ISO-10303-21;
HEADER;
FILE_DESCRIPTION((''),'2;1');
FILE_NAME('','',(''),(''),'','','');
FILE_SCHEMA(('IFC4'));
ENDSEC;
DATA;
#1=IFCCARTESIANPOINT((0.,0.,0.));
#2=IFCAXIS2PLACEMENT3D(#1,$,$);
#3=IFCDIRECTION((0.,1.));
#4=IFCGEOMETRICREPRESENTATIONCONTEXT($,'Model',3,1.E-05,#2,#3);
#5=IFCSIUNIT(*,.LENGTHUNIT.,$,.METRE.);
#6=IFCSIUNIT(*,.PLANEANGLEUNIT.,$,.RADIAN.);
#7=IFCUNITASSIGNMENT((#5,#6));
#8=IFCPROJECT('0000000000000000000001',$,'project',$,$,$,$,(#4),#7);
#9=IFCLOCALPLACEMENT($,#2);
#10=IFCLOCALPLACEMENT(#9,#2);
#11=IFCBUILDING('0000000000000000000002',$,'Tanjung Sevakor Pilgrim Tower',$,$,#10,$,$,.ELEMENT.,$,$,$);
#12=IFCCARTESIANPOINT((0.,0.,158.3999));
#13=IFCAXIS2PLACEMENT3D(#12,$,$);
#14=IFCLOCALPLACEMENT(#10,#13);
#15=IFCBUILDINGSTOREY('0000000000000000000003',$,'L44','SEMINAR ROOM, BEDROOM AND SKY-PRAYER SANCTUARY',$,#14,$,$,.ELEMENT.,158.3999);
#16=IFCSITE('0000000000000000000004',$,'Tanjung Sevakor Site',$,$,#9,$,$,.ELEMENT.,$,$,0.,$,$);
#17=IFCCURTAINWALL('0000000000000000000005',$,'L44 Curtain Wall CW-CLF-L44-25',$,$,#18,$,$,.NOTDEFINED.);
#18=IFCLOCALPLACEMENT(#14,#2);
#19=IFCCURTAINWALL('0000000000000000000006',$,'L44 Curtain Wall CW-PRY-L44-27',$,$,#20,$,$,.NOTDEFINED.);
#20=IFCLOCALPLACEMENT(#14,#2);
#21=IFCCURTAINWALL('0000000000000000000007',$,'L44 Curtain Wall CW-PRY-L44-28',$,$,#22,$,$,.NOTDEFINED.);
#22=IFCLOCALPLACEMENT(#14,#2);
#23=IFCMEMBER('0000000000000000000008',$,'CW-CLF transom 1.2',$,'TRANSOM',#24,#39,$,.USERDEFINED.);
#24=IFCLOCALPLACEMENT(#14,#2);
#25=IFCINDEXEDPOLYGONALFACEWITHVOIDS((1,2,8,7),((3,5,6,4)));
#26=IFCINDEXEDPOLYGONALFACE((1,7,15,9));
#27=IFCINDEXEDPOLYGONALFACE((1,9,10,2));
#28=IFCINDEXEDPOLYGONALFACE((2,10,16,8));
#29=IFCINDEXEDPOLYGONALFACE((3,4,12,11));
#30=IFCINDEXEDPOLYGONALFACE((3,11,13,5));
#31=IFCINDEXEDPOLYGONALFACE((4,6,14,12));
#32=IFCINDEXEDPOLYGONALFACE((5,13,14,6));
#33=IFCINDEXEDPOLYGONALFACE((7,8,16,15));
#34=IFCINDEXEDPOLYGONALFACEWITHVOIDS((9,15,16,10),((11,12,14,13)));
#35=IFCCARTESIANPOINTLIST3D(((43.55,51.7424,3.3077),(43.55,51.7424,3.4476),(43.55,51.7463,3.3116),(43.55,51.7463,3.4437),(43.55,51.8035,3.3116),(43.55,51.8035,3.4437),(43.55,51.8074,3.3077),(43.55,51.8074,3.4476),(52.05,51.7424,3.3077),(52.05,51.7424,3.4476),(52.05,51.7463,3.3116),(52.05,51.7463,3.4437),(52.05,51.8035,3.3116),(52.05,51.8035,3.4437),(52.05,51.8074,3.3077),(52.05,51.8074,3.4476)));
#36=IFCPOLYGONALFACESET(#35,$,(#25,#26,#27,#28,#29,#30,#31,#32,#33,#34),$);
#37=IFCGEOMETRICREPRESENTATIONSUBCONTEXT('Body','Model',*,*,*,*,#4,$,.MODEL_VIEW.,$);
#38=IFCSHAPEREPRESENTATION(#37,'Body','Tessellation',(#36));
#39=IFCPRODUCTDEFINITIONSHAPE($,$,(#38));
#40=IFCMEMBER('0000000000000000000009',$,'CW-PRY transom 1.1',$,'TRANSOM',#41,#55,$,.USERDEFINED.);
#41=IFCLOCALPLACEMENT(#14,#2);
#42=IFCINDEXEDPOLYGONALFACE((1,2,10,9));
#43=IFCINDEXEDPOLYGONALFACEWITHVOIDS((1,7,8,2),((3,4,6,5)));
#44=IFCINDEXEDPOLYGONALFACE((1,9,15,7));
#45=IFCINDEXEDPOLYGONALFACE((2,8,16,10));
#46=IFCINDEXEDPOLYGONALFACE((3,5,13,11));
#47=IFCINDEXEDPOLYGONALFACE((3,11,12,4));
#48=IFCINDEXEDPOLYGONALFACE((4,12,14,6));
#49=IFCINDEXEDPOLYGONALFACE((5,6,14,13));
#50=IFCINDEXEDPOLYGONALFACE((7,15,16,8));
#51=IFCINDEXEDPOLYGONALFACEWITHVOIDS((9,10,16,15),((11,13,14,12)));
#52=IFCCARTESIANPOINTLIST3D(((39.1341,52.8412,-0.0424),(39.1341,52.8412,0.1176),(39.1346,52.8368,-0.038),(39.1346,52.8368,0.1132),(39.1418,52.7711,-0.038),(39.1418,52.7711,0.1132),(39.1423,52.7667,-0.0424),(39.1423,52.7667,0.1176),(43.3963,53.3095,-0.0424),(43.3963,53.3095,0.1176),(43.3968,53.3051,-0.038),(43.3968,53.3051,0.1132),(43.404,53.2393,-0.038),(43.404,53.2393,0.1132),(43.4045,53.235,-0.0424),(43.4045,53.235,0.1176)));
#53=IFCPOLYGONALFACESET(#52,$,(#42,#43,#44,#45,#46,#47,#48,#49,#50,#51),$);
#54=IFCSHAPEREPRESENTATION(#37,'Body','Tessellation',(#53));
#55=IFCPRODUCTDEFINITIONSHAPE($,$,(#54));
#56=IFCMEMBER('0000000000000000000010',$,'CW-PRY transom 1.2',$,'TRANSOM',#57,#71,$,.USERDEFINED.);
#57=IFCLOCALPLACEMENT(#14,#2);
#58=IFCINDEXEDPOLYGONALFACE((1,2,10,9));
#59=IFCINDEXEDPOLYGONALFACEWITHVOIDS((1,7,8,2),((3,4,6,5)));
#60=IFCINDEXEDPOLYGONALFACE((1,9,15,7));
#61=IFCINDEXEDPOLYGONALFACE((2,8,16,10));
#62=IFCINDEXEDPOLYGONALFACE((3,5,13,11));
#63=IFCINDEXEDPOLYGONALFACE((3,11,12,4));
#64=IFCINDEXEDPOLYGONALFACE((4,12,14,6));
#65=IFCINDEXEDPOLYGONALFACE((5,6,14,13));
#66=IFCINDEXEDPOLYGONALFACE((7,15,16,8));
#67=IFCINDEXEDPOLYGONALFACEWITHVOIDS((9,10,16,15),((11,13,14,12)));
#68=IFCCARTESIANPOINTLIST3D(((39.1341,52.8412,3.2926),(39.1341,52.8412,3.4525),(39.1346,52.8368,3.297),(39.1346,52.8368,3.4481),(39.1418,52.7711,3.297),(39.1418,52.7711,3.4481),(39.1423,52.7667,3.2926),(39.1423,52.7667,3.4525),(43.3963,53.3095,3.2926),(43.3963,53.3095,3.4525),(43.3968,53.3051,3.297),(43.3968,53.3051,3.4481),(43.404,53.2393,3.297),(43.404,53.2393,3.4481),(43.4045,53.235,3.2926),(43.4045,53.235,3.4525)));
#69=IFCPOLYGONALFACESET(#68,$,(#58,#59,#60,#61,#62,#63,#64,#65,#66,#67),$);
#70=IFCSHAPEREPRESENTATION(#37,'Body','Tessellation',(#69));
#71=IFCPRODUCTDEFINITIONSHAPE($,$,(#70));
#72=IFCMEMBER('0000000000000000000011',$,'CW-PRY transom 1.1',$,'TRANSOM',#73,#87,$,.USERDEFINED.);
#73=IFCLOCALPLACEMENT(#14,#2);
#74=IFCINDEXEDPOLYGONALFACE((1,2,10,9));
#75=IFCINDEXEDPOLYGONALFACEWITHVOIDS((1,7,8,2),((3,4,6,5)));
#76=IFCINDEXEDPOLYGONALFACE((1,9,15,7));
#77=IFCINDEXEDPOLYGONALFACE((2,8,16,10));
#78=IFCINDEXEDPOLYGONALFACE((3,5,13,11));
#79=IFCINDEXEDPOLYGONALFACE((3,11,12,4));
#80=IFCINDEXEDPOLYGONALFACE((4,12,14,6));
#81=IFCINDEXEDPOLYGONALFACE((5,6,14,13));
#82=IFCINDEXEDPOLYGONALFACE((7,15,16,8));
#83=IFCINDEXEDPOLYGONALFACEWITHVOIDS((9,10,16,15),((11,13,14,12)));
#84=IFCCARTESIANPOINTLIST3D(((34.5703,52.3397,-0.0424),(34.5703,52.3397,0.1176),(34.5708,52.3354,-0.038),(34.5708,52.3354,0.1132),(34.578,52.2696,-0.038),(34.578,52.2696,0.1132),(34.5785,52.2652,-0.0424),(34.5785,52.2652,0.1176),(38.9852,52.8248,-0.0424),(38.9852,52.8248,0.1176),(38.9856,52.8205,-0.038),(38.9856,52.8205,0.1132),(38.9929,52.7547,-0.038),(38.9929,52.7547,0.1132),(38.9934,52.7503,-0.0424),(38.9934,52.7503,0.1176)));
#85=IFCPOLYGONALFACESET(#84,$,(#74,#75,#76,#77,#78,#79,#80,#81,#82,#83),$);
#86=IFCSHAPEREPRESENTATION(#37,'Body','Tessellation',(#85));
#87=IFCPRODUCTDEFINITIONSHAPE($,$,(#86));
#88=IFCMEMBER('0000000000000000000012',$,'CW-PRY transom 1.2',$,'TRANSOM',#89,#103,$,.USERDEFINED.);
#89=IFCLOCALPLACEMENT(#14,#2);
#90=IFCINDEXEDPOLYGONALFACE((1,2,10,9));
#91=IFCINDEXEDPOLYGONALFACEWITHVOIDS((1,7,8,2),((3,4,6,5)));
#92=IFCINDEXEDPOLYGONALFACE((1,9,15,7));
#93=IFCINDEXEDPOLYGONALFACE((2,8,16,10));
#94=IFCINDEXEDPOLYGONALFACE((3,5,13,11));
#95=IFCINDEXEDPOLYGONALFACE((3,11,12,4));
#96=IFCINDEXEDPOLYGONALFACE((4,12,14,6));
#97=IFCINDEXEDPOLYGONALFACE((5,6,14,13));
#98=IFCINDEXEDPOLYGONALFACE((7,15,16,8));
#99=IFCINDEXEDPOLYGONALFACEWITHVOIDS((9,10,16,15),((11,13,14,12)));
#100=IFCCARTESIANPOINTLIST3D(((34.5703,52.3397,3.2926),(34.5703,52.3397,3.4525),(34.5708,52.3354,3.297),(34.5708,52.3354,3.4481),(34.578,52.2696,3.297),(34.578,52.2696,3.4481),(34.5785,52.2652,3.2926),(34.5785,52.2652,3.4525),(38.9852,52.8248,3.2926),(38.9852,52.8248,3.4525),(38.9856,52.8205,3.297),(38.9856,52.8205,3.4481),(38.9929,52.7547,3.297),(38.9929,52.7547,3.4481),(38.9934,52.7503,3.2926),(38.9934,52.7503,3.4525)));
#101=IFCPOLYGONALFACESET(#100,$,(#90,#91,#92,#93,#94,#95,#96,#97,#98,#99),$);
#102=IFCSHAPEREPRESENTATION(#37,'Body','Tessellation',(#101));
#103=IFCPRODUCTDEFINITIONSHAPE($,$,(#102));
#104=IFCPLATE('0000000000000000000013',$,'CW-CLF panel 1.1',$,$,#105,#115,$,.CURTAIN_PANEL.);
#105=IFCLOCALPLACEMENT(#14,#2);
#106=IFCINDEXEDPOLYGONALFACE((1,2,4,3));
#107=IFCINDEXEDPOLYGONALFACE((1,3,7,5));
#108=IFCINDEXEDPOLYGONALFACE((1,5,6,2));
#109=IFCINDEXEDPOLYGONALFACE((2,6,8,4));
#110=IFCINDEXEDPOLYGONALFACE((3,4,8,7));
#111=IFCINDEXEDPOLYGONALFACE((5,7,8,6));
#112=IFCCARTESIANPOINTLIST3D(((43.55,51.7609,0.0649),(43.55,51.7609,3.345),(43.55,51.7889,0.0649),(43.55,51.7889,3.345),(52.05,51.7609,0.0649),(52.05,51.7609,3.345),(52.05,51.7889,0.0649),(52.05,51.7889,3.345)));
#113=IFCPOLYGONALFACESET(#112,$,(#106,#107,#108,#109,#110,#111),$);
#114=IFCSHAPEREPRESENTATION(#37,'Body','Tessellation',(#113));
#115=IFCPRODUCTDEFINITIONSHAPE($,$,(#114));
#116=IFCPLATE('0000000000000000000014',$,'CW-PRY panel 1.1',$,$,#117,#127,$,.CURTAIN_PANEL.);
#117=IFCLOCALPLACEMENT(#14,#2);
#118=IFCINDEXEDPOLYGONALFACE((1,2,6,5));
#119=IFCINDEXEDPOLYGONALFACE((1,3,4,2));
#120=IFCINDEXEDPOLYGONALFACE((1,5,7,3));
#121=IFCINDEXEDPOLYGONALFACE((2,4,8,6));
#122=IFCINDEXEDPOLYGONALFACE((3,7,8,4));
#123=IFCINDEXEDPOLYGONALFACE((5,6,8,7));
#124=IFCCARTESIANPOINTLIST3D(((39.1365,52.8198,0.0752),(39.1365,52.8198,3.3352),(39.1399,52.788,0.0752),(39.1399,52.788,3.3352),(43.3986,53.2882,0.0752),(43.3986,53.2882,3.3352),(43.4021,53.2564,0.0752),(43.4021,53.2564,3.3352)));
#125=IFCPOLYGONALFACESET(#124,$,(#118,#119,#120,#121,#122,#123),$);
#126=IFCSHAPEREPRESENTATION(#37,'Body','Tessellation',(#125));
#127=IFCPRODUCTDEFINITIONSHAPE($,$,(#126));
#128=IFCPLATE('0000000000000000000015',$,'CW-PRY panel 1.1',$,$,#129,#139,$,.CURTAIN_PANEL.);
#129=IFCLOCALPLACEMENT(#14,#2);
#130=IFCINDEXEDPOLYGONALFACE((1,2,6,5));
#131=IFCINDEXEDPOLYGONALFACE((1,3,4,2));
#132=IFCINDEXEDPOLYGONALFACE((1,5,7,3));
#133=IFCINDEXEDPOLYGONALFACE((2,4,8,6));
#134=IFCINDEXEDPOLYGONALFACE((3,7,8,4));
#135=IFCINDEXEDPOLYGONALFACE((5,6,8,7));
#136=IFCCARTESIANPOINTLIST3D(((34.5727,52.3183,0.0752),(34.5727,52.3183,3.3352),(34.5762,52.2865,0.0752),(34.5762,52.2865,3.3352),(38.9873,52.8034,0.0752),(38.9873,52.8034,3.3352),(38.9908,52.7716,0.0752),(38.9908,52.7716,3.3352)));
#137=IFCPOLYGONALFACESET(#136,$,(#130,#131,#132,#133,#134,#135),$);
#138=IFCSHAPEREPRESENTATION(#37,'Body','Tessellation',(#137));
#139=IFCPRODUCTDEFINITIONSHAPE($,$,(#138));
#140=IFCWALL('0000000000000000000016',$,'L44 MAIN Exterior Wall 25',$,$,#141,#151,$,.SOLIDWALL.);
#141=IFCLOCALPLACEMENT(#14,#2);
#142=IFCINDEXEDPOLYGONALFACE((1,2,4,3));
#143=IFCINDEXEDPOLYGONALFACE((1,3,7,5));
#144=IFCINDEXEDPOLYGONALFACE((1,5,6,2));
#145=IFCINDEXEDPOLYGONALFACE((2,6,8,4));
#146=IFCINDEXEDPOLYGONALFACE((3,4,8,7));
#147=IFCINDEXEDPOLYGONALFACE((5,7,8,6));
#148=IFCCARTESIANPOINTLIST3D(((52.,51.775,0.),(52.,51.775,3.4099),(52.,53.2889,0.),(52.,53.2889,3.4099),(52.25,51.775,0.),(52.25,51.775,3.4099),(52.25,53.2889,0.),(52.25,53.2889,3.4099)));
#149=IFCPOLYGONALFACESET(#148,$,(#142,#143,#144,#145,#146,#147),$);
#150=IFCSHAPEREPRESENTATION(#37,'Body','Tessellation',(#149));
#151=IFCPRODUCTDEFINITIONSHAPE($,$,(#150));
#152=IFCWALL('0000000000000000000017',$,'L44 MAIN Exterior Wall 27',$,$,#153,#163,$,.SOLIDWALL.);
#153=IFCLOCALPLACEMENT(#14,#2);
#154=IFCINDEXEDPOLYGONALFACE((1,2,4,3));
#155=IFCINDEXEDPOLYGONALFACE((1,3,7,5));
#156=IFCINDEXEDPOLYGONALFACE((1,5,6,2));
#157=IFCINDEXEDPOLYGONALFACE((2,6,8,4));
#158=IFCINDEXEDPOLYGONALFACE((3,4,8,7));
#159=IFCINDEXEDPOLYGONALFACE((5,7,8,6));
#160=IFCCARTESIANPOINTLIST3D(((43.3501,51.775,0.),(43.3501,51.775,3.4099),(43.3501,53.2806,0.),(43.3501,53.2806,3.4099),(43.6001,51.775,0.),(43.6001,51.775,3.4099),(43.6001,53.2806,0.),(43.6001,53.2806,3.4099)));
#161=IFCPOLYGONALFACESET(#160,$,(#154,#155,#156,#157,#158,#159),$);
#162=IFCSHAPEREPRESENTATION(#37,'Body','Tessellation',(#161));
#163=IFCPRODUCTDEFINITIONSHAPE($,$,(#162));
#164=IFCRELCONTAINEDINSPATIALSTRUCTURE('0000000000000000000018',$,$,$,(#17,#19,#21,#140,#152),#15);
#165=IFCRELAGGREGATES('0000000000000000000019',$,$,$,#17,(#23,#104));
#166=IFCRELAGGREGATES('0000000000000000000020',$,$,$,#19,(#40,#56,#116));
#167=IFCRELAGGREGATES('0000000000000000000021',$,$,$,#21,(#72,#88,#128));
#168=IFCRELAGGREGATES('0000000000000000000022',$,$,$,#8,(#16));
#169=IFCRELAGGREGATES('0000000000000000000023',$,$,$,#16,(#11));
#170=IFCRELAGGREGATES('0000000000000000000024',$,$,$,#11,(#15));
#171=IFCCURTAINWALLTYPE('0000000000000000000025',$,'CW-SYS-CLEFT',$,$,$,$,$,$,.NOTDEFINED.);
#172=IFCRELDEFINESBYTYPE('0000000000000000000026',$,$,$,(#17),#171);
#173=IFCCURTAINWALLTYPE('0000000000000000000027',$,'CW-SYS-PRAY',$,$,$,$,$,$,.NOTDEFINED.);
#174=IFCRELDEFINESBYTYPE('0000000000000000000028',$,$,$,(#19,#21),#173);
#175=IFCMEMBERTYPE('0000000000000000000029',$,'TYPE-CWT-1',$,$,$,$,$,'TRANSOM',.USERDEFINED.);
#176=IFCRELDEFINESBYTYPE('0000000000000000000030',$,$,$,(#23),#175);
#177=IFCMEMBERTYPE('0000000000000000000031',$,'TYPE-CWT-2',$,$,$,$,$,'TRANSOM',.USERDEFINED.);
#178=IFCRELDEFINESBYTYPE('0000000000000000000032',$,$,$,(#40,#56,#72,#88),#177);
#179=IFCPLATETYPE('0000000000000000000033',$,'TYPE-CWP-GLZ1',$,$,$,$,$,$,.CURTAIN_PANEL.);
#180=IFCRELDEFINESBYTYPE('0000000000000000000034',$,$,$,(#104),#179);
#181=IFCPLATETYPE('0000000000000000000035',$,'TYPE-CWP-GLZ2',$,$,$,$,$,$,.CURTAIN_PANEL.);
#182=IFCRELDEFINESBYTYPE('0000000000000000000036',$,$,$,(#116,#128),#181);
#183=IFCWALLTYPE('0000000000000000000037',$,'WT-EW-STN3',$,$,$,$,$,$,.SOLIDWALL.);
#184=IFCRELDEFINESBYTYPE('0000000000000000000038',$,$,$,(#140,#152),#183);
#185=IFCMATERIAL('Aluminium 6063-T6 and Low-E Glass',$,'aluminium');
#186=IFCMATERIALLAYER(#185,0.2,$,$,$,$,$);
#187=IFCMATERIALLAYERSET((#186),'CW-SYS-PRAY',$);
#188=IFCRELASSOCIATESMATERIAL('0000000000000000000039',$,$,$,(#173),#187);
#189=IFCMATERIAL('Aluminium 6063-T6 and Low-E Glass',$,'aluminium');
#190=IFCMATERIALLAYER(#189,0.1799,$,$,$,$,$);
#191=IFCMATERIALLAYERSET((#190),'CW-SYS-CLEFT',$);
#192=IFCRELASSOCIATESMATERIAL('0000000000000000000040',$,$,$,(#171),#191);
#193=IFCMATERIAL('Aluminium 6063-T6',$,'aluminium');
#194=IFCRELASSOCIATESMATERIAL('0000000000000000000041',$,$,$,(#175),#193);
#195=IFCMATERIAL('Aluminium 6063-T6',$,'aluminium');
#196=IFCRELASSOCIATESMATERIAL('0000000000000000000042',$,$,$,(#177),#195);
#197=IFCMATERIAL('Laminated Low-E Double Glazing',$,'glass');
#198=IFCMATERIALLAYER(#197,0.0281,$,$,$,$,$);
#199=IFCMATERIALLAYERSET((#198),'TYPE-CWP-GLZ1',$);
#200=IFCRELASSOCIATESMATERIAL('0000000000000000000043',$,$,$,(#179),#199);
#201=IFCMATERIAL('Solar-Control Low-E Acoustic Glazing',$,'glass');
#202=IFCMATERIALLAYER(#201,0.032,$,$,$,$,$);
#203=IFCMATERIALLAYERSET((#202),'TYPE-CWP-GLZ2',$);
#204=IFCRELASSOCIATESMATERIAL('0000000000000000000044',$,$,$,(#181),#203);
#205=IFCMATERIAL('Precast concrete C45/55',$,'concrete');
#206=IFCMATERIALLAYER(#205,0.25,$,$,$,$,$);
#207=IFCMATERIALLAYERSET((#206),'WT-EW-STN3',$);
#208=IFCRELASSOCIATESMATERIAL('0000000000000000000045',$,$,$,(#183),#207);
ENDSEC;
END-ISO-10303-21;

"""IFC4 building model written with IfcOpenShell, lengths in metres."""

from ifc_helpers import new_model, si_unit, direction, frame, frame_2d, origin, origin_2d, place, context, subcontext, project, spatial, rectangle, hollow_rectangle, extrude, material, layer, layer_set, material_profile, profile_set, type_object, element, aggregate, save


model = new_model("IFC4")

# Units and contexts
model_context = context("Model", 3, precision=1e-05, world=origin(), true_north=direction((0.0, 1.0)))
body_context = subcontext(model_context, "Body", "Model", "MODEL_VIEW")
ifc_project = project(units=[si_unit("LENGTHUNIT", "METRE"), si_unit("PLANEANGLEUNIT", "RADIAN")], contexts=[model_context])

# Site, building, storey
site_placement = place(None, origin())
site = spatial("IfcSite", under=ifc_project, at=site_placement, Name="Tanjung Sevakor Site", CompositionType="ELEMENT", RefElevation=0.0)
building_placement = place(site_placement, origin())
building = spatial("IfcBuilding", under=site, at=building_placement, Name="Tanjung Sevakor Pilgrim Tower", CompositionType="ELEMENT")
storey_placement = place(building_placement, frame((0.0, 0.0, 158.3999)))
storey = spatial("IfcBuildingStorey", under=building, at=storey_placement, Name="L44", Description="SEMINAR ROOM, BEDROOM AND SKY-PRAYER SANCTUARY", CompositionType="ELEMENT", Elevation=158.3999)

# Shared definitions
ifc_material_1 = material(Name="Aluminium 6063-T6 and Low-E Glass", Category="aluminium")
ifc_layer_1 = layer(ifc_material_1, 0.2)
ifc_layer_set_1 = layer_set([ifc_layer_1], Name="CW-SYS-PRAY")
curtain_wall_type_1 = type_object("IfcCurtainWallType", Name="CW-SYS-PRAY", PredefinedType="NOTDEFINED", material=ifc_layer_set_1)

# Curtain walls
ifc_material_2 = material(Name="Aluminium 6063-T6 and Low-E Glass", Category="aluminium")
ifc_layer_2 = layer(ifc_material_2, 0.1799)
ifc_layer_set_2 = layer_set([ifc_layer_2], Name="CW-SYS-CLEFT")
curtain_wall_type_2 = type_object("IfcCurtainWallType", Name="CW-SYS-CLEFT", PredefinedType="NOTDEFINED", material=ifc_layer_set_2)
curtain_wall_1_placement = place(storey_placement, origin())
curtain_wall_1 = element("IfcCurtainWall", 1, at=curtain_wall_1_placement, inside=storey, type_object=curtain_wall_type_2, Name="L44 Curtain Wall CW-CLF-L44-25", PredefinedType="NOTDEFINED")
curtain_wall_2_placement = place(storey_placement, origin())
curtain_wall_2 = element("IfcCurtainWall", 2, at=curtain_wall_2_placement, inside=storey, type_object=curtain_wall_type_1, Name="L44 Curtain Wall CW-PRY-L44-27", PredefinedType="NOTDEFINED")
curtain_wall_3_placement = place(storey_placement, origin())
curtain_wall_3 = element("IfcCurtainWall", 3, at=curtain_wall_3_placement, inside=storey, type_object=curtain_wall_type_1, Name="L44 Curtain Wall CW-PRY-L44-28", PredefinedType="NOTDEFINED")

# Members
ifc_material_3 = material(Name="Aluminium 6063-T6", Category="aluminium")
ifc_material_profile_1 = material_profile(ifc_material_3, hollow_rectangle(XDim=0.0649, YDim=0.1399, WallThickness=0.0039, at=origin_2d()))
ifc_profile_set_1 = profile_set([ifc_material_profile_1], Name="Aluminium 6063-T6")
member_type_1 = type_object("IfcMemberType", Name="TYPE-CWT-1", ElementType="TRANSOM", PredefinedType="USERDEFINED", material=ifc_profile_set_1)
member_1_placement = place(storey_placement, frame((52.05, 51.7749, 3.3777), z_axis=(-1.0, 0.0, 0.0), x_axis=(0.0, -1.0, 0.0)))
member_1 = element("IfcMember", 4, at=member_1_placement, type_object=member_type_1, Name="CW-CLF transom 1.2", ObjectType="TRANSOM", PredefinedType="USERDEFINED", context=body_context, shape_type="SweptSolid", body=[
    extrude(hollow_rectangle(XDim=0.0649, YDim=0.1399, WallThickness=0.0039, at=origin_2d()), origin(), (0.0, 0.0, 1.0), 8.5),
])
ifc_material_4 = material(Name="Aluminium 6063-T6", Category="aluminium")
ifc_material_profile_2 = material_profile(ifc_material_4, hollow_rectangle(XDim=0.075, YDim=0.1599, WallThickness=0.0044, at=origin_2d()))
ifc_profile_set_2 = profile_set([ifc_material_profile_2], Name="Aluminium 6063-T6")
member_type_2 = type_object("IfcMemberType", Name="TYPE-CWT-2", ElementType="TRANSOM", PredefinedType="USERDEFINED", material=ifc_profile_set_2)
member_2_placement = place(storey_placement, frame((43.4004, 53.2722, 0.0376), z_axis=(-0.994019, -0.109207, 0.0), x_axis=(0.109207, -0.994019, 0.0)))
member_2 = element("IfcMember", 5, at=member_2_placement, type_object=member_type_2, Name="CW-PRY transom 1.1", ObjectType="TRANSOM", PredefinedType="USERDEFINED", context=body_context, shape_type="SweptSolid", body=[
    extrude(hollow_rectangle(XDim=0.075, YDim=0.1599, WallThickness=0.0044, at=origin_2d()), origin(), (0.0, 0.0, 1.0), 4.2878),
])
member_3_placement = place(storey_placement, frame((43.4004, 53.2722, 3.3726), z_axis=(-0.994019, -0.109207, 0.0), x_axis=(0.109207, -0.994019, 0.0)))
member_3 = element("IfcMember", 6, at=member_3_placement, type_object=member_type_2, Name="CW-PRY transom 1.2", ObjectType="TRANSOM", PredefinedType="USERDEFINED", context=body_context, shape_type="SweptSolid", body=[
    extrude(hollow_rectangle(XDim=0.075, YDim=0.1599, WallThickness=0.0044, at=origin_2d()), origin(), (0.0, 0.0, 1.0), 4.2878),
])
member_4_placement = place(storey_placement, frame((38.9893, 52.7876, 0.0376), z_axis=(-0.994017, -0.109225, 0.0), x_axis=(0.109225, -0.994017, 0.0)))
member_4 = element("IfcMember", 7, at=member_4_placement, type_object=member_type_2, Name="CW-PRY transom 1.1", ObjectType="TRANSOM", PredefinedType="USERDEFINED", context=body_context, shape_type="SweptSolid", body=[
    extrude(hollow_rectangle(XDim=0.075, YDim=0.1599, WallThickness=0.0044, at=origin_2d()), origin(), (0.0, 0.0, 1.0), 4.4414),
])
member_5_placement = place(storey_placement, frame((38.9893, 52.7876, 3.3726), z_axis=(-0.994017, -0.109225, 0.0), x_axis=(0.109225, -0.994017, 0.0)))
member_5 = element("IfcMember", 8, at=member_5_placement, type_object=member_type_2, Name="CW-PRY transom 1.2", ObjectType="TRANSOM", PredefinedType="USERDEFINED", context=body_context, shape_type="SweptSolid", body=[
    extrude(hollow_rectangle(XDim=0.075, YDim=0.1599, WallThickness=0.0044, at=origin_2d()), origin(), (0.0, 0.0, 1.0), 4.4414),
])

# Plates
ifc_material_5 = material(Name="Laminated Low-E Double Glazing", Category="glass")
ifc_layer_3 = layer(ifc_material_5, 0.0281)
ifc_layer_set_3 = layer_set([ifc_layer_3], Name="TYPE-CWP-GLZ1")
plate_type_1 = type_object("IfcPlateType", Name="TYPE-CWP-GLZ1", PredefinedType="CURTAIN_PANEL", material=ifc_layer_set_3)
plate_1_placement = place(storey_placement, frame((47.8, 51.7749, 0.0649), z_axis=(0.0, 0.0, 1.0), x_axis=(-1.0, 0.0, 0.0)))
plate_1 = element("IfcPlate", 9, at=plate_1_placement, type_object=plate_type_1, Name="CW-CLF panel 1.1", PredefinedType="CURTAIN_PANEL", context=body_context, shape_type="SweptSolid", body=[
    extrude(rectangle(XDim=8.5, YDim=0.0281, at=origin_2d()), origin(), (0.0, 0.0, 1.0), 3.28),
])
aggregate(curtain_wall_1, [member_1, plate_1])
ifc_material_6 = material(Name="Solar-Control Low-E Acoustic Glazing", Category="glass")
ifc_layer_4 = layer(ifc_material_6, 0.032)
ifc_layer_set_4 = layer_set([ifc_layer_4], Name="TYPE-CWP-GLZ2")
plate_type_2 = type_object("IfcPlateType", Name="TYPE-CWP-GLZ2", PredefinedType="CURTAIN_PANEL", material=ifc_layer_set_4)
plate_2_placement = place(storey_placement, frame((41.2693, 53.0381, 0.0752), z_axis=(0.0, 0.0, 1.0), x_axis=(-0.994015, -0.109242, 0.0)))
plate_2 = element("IfcPlate", 10, at=plate_2_placement, type_object=plate_type_2, Name="CW-PRY panel 1.1", PredefinedType="CURTAIN_PANEL", context=body_context, shape_type="SweptSolid", body=[
    extrude(rectangle(XDim=4.2878, YDim=0.032, at=origin_2d()), origin(), (0.0, 0.0, 1.0), 3.26),
])
aggregate(curtain_wall_2, [member_2, member_3, plate_2])
plate_3_placement = place(storey_placement, frame((36.7817, 52.5449, 0.0752), z_axis=(0.0, 0.0, 1.0), x_axis=(-0.994016, -0.109231, 0.0)))
plate_3 = element("IfcPlate", 11, at=plate_3_placement, type_object=plate_type_2, Name="CW-PRY panel 1.1", PredefinedType="CURTAIN_PANEL", context=body_context, shape_type="SweptSolid", body=[
    extrude(rectangle(XDim=4.4412, YDim=0.032, at=origin_2d()), origin(), (0.0, 0.0, 1.0), 3.26),
])
aggregate(curtain_wall_3, [member_4, member_5, plate_3])

# Walls
ifc_material_7 = material(Name="Precast concrete C45/55", Category="concrete")
ifc_layer_5 = layer(ifc_material_7, 0.25)
ifc_layer_set_5 = layer_set([ifc_layer_5], Name="WT-EW-STN3")
wall_type_1 = type_object("IfcWallType", Name="WT-EW-STN3", PredefinedType="SOLIDWALL", material=ifc_layer_set_5)
wall_1_placement = place(storey_placement, frame((52.125, 53.2888, 0.0), z_axis=(0.0, 0.0, 1.0), x_axis=(0.0, -1.0, 0.0)))
element("IfcWall", 12, at=wall_1_placement, inside=storey, type_object=wall_type_1, Name="L44 MAIN Exterior Wall 25", PredefinedType="SOLIDWALL", context=body_context, shape_type="SweptSolid", body=[
    extrude(rectangle(XDim=1.5139, YDim=0.25, at=frame_2d((0.7568, 0.0))), origin(), (0.0, 0.0, 1.0), 3.4099),
])
wall_2_placement = place(storey_placement, frame((43.4751, 51.7749, 0.0), z_axis=(0.0, 0.0, 1.0), x_axis=(0.0, 1.0, 0.0)))
element("IfcWall", 13, at=wall_2_placement, inside=storey, type_object=wall_type_1, Name="L44 MAIN Exterior Wall 27", PredefinedType="SOLIDWALL", context=body_context, shape_type="SweptSolid", body=[
    extrude(rectangle(XDim=1.5056, YDim=0.25, at=frame_2d((0.7529, 0.0))), origin(), (0.0, 0.0, 1.0), 3.4099),
])

save(model, "model.ifc")
